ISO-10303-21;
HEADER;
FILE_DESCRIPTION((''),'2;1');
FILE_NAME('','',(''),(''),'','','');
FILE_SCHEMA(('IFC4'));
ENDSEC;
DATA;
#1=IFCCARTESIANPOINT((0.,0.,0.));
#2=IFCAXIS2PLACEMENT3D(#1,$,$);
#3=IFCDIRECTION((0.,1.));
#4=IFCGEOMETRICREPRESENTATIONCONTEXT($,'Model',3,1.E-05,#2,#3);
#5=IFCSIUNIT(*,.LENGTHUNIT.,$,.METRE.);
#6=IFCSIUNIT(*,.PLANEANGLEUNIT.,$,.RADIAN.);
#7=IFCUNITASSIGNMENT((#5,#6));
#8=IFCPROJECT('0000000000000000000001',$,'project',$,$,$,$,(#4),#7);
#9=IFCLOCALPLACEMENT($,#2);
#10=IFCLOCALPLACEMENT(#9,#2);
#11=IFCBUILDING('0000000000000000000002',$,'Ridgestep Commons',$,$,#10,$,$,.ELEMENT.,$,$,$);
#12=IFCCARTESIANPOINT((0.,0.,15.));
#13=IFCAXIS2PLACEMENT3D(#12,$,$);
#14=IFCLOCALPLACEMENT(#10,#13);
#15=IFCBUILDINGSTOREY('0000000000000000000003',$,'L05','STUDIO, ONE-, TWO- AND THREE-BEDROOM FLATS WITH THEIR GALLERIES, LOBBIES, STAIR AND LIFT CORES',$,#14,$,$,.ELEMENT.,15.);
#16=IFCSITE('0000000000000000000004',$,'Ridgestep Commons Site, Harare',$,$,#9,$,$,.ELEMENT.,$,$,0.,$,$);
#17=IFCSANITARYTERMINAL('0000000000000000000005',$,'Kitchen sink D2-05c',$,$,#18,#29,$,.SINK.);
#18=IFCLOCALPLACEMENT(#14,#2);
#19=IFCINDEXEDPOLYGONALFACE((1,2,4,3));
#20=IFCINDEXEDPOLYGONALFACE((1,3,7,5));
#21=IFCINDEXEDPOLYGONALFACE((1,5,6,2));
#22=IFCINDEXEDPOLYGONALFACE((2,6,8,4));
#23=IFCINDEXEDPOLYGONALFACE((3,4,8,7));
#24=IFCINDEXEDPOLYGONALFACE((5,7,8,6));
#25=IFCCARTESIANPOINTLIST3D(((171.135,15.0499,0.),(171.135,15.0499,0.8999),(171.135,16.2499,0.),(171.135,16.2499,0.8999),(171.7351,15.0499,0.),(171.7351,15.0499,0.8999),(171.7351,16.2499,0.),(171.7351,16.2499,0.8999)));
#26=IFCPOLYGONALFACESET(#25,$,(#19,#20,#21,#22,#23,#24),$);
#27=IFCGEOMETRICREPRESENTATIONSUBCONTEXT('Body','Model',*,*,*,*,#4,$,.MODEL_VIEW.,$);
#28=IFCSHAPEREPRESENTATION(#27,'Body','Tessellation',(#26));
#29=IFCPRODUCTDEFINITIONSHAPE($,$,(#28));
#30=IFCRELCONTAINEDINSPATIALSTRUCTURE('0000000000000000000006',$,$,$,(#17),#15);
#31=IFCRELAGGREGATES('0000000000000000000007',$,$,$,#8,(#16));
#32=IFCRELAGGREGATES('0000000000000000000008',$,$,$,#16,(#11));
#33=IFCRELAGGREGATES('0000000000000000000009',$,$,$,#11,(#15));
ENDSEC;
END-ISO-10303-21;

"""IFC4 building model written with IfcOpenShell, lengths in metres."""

from ifc_helpers import new_model, si_unit, direction, frame, origin, origin_2d, place, context, subcontext, project, spatial, rectangle, extrude, element, save


model = new_model("IFC4")

# Units and contexts
model_context = context("Model", 3, precision=1e-05, world=origin(), true_north=direction((0.0, 1.0)))
body_context = subcontext(model_context, "Body", "Model", "MODEL_VIEW")
ifc_project = project(units=[si_unit("LENGTHUNIT", "METRE"), si_unit("PLANEANGLEUNIT", "RADIAN")], contexts=[model_context])

# Site, building, storey
site_placement = place(None, origin())
site = spatial("IfcSite", under=ifc_project, at=site_placement, Name="Ridgestep Commons Site, Harare", CompositionType="ELEMENT", RefElevation=0.0)
building_placement = place(site_placement, origin())
building = spatial("IfcBuilding", under=site, at=building_placement, Name="Ridgestep Commons", CompositionType="ELEMENT")
storey_placement = place(building_placement, frame((0.0, 0.0, 15.0)))
storey = spatial("IfcBuildingStorey", under=building, at=storey_placement, Name="L05", Description="STUDIO, ONE-, TWO- AND THREE-BEDROOM FLATS WITH THEIR GALLERIES, LOBBIES, STAIR AND LIFT CORES", CompositionType="ELEMENT", Elevation=15.0)

# Sanitary terminal
sanitary_terminal_1_placement = place(storey_placement, frame((171.4351, 15.6499, 0.0), z_axis=(0.0, 0.0, 1.0), x_axis=(1.0, 0.0, 0.0)))
element("IfcSanitaryTerminal", 1, at=sanitary_terminal_1_placement, inside=storey, Name="Kitchen sink D2-05c", PredefinedType="SINK", context=body_context, shape_type="SweptSolid", body=[
    extrude(rectangle(XDim=0.6001, YDim=1.2, at=origin_2d()), origin(), (0.0, 0.0, 1.0), 0.8999),
])

save(model, "model.ifc")
